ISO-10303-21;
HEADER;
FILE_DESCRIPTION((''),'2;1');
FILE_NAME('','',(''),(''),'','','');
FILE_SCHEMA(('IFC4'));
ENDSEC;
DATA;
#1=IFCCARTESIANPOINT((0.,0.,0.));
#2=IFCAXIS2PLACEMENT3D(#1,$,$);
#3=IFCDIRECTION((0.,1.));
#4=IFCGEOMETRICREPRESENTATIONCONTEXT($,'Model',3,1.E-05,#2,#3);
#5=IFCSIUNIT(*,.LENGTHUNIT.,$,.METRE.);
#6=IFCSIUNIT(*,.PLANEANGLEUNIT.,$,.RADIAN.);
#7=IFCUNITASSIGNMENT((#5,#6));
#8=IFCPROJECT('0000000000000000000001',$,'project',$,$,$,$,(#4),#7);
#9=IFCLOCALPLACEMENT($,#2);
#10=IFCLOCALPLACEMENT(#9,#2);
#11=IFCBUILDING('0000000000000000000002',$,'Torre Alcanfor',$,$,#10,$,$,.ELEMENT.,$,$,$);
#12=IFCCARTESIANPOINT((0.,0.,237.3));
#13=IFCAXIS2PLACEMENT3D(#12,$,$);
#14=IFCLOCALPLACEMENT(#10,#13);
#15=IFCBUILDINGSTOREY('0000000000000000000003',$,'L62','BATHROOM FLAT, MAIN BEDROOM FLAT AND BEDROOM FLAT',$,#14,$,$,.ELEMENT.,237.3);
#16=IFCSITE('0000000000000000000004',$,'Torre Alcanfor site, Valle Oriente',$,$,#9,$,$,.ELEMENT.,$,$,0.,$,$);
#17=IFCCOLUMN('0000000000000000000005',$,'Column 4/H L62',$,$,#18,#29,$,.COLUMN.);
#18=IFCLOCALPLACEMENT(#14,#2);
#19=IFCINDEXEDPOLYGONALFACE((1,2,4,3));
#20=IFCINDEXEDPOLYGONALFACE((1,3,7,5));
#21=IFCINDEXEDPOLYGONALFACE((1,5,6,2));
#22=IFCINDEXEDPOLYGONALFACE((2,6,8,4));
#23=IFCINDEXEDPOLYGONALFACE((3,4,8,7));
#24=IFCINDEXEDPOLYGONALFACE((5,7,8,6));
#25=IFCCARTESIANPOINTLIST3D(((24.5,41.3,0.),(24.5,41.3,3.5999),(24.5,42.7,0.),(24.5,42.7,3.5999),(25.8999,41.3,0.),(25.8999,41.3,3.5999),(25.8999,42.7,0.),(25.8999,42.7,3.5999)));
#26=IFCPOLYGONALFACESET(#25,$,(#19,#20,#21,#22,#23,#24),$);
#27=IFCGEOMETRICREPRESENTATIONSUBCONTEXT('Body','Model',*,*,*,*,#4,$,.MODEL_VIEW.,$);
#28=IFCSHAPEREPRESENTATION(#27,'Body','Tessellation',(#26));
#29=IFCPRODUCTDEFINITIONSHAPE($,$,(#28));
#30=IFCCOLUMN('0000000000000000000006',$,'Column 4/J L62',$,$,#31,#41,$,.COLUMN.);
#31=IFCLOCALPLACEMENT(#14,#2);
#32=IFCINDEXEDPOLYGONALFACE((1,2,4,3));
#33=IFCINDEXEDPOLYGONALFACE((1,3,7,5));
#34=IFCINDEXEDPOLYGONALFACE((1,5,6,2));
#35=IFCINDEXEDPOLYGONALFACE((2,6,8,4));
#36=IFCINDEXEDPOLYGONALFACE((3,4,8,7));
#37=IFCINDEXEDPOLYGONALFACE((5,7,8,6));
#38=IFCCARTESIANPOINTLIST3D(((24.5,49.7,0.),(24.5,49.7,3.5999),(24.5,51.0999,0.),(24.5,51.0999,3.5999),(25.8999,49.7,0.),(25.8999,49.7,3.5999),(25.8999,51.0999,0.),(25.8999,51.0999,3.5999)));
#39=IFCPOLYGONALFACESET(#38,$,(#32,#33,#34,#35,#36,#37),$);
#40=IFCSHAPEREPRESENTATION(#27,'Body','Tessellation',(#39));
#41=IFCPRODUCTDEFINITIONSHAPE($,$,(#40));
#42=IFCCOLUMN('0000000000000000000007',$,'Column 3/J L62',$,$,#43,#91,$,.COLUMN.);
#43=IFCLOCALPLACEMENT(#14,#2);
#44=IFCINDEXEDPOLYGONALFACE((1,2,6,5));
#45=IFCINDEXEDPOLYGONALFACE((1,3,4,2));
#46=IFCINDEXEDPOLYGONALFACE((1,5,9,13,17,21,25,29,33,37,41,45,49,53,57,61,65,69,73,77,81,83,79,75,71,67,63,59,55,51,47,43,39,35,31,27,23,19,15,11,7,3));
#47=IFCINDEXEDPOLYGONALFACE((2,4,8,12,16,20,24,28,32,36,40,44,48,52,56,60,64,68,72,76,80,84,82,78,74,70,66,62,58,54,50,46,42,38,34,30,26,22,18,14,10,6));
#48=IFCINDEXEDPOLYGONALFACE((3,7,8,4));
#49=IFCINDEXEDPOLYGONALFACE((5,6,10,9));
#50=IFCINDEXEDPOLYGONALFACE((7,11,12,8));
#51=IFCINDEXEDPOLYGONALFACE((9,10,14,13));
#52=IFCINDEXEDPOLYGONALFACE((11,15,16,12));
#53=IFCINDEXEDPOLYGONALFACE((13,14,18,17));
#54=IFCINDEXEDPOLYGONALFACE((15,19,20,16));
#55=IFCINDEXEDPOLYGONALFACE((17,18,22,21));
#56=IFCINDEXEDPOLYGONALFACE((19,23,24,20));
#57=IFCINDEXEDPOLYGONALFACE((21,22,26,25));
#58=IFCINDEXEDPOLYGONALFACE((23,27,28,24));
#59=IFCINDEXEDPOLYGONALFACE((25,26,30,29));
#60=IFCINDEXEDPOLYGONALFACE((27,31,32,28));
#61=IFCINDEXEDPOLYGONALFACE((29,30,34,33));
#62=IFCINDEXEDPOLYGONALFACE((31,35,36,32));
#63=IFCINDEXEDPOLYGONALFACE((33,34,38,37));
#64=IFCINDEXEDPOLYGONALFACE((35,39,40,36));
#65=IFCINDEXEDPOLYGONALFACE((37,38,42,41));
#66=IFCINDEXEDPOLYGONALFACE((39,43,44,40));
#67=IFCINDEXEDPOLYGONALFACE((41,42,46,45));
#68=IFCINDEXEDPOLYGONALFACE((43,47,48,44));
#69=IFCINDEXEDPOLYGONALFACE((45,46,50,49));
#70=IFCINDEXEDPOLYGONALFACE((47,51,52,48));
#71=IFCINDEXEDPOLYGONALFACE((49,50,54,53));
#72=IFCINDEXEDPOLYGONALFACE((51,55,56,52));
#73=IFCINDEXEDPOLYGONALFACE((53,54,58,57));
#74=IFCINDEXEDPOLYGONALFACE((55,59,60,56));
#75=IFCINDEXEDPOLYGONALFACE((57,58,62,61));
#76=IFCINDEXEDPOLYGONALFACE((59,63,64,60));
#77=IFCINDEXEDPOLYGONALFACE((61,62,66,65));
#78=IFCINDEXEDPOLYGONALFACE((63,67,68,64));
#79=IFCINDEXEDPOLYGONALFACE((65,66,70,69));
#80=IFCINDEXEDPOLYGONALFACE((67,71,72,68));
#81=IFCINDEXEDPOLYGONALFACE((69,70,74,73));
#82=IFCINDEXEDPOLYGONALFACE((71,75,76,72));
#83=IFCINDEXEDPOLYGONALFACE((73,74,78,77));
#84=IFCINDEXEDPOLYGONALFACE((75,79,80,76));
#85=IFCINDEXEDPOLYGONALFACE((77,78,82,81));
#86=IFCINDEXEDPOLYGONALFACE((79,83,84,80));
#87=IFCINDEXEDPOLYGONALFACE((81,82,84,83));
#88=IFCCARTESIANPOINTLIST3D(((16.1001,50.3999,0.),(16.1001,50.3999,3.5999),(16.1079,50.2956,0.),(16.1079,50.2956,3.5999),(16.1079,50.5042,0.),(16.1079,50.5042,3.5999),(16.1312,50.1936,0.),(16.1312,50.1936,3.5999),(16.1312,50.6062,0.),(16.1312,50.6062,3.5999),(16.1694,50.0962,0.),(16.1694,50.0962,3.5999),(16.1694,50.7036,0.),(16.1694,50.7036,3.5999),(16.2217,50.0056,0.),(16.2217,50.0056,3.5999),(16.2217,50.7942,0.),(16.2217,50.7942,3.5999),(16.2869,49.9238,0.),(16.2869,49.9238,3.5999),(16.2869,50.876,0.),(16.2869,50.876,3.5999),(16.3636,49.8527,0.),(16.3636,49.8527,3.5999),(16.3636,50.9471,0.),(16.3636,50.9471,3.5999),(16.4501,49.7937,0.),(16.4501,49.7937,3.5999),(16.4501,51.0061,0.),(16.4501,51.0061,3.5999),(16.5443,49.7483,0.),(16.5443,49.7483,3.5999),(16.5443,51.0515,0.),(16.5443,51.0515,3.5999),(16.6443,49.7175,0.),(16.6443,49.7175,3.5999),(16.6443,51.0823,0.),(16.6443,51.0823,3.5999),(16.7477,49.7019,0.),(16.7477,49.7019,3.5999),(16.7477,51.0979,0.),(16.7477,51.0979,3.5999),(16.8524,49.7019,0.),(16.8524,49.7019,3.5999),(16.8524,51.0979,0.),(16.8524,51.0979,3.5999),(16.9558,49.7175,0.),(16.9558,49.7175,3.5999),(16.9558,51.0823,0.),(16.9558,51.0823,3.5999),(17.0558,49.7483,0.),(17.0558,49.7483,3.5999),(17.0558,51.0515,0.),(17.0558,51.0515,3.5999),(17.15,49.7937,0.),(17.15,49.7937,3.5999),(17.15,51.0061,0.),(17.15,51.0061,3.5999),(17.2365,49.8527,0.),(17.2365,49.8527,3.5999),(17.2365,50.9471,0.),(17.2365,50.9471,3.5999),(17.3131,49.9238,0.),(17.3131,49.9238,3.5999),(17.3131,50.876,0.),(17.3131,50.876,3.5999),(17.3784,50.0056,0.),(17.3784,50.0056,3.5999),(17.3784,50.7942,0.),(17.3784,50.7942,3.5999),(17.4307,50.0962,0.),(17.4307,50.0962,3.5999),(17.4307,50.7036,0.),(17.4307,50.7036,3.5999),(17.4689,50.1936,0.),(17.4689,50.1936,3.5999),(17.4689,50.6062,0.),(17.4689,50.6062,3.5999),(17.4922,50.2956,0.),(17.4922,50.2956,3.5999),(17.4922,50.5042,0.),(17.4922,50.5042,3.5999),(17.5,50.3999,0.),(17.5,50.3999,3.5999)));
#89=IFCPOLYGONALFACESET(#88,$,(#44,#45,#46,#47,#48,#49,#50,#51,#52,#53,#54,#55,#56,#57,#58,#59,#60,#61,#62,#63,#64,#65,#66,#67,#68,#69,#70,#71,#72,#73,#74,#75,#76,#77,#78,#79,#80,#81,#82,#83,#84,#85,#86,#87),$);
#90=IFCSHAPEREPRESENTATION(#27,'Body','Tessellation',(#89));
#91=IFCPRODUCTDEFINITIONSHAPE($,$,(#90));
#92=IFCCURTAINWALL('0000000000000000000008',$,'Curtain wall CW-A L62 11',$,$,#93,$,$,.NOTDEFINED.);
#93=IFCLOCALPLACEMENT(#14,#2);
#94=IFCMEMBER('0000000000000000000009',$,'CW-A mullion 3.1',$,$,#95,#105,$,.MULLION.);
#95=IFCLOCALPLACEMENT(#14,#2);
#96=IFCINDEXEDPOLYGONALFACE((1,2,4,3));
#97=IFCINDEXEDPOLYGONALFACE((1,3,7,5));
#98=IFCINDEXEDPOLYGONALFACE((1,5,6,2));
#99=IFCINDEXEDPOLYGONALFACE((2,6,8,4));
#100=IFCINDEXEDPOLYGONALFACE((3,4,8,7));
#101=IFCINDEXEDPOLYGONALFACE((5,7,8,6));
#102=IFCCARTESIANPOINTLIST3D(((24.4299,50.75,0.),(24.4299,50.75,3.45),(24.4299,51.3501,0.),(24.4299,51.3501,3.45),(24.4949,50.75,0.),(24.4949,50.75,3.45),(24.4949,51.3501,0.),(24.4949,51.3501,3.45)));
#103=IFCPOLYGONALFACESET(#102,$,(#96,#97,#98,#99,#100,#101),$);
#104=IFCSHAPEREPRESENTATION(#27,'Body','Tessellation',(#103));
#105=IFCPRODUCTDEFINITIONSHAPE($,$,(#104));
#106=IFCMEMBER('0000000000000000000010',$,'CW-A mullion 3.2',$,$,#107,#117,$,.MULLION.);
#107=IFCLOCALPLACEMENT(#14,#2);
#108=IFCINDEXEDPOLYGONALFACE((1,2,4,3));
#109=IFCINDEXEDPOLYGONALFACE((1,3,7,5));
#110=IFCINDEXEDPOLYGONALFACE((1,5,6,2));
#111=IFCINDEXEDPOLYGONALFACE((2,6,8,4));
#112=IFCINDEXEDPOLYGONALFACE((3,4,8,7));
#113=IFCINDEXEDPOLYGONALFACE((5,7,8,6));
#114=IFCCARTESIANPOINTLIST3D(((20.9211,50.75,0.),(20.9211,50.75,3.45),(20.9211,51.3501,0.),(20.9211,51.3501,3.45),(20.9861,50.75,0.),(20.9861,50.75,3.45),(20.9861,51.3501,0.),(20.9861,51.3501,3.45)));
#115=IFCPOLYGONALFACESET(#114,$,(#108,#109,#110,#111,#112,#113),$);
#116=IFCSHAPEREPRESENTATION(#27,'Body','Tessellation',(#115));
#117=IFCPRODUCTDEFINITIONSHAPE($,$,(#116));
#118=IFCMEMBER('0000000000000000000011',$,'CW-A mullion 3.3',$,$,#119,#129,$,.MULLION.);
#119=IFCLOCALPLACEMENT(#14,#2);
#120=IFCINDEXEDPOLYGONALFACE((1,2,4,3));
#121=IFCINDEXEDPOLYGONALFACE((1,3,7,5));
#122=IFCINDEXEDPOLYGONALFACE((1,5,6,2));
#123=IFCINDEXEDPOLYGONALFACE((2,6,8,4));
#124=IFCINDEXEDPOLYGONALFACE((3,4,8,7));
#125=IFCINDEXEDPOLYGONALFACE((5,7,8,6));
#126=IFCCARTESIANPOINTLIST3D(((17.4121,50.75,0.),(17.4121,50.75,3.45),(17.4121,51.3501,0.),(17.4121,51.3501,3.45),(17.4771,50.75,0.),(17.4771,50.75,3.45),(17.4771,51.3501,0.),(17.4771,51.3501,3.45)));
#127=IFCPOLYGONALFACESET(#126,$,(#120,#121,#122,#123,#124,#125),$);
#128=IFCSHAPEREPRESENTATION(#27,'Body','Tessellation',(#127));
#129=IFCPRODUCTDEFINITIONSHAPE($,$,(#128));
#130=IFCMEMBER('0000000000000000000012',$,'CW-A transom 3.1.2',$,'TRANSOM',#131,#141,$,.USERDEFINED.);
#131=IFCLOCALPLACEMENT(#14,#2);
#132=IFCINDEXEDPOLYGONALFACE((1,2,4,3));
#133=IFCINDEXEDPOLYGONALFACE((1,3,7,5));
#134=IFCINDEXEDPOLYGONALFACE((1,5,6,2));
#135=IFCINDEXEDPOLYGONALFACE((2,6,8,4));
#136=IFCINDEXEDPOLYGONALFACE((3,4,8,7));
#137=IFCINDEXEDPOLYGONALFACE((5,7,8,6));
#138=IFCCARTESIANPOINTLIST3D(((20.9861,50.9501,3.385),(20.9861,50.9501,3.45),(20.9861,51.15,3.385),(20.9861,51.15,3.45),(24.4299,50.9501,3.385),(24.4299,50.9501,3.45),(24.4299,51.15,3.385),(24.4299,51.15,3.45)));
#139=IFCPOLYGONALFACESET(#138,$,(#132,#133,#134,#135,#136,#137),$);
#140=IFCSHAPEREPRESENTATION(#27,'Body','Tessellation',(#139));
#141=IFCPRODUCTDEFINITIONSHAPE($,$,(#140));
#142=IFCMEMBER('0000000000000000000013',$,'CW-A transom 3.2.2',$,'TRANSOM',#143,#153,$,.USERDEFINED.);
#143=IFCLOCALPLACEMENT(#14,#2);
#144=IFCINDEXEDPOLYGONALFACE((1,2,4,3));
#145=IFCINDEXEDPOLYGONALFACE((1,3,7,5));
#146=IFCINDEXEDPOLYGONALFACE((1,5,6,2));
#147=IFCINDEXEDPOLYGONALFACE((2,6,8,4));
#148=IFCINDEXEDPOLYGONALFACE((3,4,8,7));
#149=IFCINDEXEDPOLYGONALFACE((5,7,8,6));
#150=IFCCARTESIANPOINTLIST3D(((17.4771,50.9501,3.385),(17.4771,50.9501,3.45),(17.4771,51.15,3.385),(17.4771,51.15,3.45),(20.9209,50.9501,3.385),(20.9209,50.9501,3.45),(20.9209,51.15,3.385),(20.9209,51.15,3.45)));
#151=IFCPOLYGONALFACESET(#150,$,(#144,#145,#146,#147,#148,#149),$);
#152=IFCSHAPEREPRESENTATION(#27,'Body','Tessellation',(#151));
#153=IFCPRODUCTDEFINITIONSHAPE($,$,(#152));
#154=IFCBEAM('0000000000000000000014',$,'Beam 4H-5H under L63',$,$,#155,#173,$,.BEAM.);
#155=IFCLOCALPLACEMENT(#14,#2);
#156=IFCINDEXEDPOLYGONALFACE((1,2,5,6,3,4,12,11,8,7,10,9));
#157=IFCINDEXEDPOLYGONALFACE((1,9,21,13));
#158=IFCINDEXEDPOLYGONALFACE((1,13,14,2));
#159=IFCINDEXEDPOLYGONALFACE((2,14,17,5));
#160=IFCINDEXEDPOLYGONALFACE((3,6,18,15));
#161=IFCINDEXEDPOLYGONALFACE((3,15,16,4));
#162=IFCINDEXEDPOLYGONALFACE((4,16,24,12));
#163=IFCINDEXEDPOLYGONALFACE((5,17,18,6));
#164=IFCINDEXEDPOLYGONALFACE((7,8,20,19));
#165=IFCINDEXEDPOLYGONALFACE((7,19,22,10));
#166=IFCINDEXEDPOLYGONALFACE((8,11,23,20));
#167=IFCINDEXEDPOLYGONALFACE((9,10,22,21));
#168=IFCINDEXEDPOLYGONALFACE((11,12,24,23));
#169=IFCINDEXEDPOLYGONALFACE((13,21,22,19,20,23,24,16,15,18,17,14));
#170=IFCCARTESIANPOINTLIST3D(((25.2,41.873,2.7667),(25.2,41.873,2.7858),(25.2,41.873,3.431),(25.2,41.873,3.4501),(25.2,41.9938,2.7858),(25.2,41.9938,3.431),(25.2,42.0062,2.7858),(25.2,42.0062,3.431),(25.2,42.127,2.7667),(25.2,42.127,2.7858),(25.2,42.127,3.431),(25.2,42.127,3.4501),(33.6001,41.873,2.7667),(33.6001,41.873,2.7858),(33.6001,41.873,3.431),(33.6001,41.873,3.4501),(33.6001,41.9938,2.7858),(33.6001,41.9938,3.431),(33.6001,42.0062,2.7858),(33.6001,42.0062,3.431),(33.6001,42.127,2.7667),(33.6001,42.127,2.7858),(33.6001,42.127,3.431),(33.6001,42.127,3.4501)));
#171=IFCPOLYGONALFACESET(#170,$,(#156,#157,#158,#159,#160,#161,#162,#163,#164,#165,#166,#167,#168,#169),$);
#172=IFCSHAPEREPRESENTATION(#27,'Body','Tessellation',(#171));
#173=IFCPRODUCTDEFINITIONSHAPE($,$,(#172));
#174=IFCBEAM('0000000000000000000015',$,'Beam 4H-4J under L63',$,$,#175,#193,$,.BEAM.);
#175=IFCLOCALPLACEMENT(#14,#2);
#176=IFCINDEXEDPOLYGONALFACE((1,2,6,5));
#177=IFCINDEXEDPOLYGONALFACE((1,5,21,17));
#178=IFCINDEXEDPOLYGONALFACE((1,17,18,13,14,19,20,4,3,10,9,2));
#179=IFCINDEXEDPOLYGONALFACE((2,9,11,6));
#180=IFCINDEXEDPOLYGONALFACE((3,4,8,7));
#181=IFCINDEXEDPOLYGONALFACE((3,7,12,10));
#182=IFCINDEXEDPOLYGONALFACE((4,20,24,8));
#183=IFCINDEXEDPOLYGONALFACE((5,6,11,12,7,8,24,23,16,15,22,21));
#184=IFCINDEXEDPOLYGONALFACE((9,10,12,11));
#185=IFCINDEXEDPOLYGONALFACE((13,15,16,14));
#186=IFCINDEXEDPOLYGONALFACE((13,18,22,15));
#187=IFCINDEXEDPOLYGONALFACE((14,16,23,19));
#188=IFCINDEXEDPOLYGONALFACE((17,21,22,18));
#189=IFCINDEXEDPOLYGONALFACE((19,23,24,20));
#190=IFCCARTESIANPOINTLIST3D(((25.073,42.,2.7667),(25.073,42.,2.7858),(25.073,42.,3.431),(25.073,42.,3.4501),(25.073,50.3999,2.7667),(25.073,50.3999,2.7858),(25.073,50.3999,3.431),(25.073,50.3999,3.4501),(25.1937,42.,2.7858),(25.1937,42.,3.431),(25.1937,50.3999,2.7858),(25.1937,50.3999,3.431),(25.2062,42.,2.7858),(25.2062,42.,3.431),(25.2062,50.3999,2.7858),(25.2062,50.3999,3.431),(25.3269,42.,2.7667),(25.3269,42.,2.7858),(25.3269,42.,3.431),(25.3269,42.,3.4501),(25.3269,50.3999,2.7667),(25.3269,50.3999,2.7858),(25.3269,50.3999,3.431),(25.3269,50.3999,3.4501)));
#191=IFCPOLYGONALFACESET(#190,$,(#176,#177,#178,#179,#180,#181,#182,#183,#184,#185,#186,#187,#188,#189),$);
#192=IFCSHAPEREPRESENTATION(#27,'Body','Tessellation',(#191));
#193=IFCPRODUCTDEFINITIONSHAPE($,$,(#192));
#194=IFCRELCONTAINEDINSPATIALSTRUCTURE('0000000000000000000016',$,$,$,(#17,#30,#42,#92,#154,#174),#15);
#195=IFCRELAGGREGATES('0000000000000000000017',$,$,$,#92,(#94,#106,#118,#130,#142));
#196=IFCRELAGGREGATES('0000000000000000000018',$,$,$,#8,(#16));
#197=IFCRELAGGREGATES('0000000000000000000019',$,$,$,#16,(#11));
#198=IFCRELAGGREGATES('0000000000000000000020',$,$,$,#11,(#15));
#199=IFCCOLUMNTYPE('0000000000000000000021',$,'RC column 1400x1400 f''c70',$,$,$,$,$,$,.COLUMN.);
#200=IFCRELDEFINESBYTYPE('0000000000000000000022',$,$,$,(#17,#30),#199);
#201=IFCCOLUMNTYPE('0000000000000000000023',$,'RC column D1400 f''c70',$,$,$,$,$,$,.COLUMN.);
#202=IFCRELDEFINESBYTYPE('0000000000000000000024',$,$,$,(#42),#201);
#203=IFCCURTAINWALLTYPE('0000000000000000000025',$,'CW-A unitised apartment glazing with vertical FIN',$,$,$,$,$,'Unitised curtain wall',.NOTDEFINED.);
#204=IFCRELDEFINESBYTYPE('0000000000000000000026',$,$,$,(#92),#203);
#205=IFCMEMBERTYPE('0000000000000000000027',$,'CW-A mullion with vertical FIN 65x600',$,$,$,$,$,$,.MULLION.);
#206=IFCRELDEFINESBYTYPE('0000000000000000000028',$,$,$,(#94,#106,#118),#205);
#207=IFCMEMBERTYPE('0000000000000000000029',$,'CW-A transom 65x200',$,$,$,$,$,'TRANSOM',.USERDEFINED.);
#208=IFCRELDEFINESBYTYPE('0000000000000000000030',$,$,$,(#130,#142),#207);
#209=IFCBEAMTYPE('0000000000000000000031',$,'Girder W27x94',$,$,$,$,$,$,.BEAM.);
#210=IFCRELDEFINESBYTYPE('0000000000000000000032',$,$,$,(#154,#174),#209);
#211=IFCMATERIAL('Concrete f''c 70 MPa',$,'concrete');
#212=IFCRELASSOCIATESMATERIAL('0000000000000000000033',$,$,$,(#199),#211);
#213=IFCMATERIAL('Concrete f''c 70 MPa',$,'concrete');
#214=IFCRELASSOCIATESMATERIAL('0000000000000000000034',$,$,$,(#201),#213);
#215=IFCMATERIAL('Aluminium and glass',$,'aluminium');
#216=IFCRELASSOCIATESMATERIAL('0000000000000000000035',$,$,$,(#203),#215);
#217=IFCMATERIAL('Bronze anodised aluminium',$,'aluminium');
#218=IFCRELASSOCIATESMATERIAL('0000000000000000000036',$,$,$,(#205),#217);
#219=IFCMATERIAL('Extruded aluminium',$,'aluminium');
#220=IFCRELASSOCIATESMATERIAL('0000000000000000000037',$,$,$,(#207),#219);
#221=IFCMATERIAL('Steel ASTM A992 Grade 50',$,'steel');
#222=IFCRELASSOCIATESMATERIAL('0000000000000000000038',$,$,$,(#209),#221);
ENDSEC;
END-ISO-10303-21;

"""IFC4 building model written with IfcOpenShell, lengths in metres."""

from ifc_helpers import new_model, si_unit, direction, frame, origin, origin_2d, place, context, subcontext, project, spatial, rectangle, circle, i_section, extrude, material, material_profile, profile_set, type_object, element, aggregate, save


model = new_model("IFC4")

# Units and contexts
model_context = context("Model", 3, precision=1e-05, world=origin(), true_north=direction((0.0, 1.0)))
body_context = subcontext(model_context, "Body", "Model", "MODEL_VIEW")
ifc_project = project(units=[si_unit("LENGTHUNIT", "METRE"), si_unit("PLANEANGLEUNIT", "RADIAN")], contexts=[model_context])

# Site, building, storey
site_placement = place(None, origin())
site = spatial("IfcSite", under=ifc_project, at=site_placement, Name="Torre Alcanfor site, Valle Oriente", CompositionType="ELEMENT", RefElevation=0.0)
building_placement = place(site_placement, origin())
building = spatial("IfcBuilding", under=site, at=building_placement, Name="Torre Alcanfor", CompositionType="ELEMENT")
storey_placement = place(building_placement, frame((0.0, 0.0, 237.3)))
storey = spatial("IfcBuildingStorey", under=building, at=storey_placement, Name="L62", Description="BATHROOM FLAT, MAIN BEDROOM FLAT AND BEDROOM FLAT", CompositionType="ELEMENT", Elevation=237.3)

# Columns
ifc_material_1 = material(Name="Concrete f'c 70 MPa", Category="concrete")
ifc_material_profile_1 = material_profile(ifc_material_1, rectangle(XDim=1.3999, YDim=1.3999, at=origin_2d()), Name="1400x1400")
ifc_profile_set_1 = profile_set([ifc_material_profile_1], Name="Concrete f'c 70 MPa")
column_type_1 = type_object("IfcColumnType", Name="RC column 1400x1400 f'c70", PredefinedType="COLUMN", material=ifc_profile_set_1)
for number, where, z_axis, x_axis, name in (
    (1, (25.2, 42.0, 0.0), (0.0, 0.0, 1.0), (1.0, 0.0, 0.0), "Column 4/H L62"),
    (2, (25.2, 50.3999, 0.0), (0.0, 0.0, 1.0), (1.0, 0.0, 0.0), "Column 4/J L62"),
):
    element("IfcColumn", number, at=place(storey_placement, frame(where, z_axis=z_axis, x_axis=x_axis)), inside=storey, type_object=column_type_1, Name=name, PredefinedType="COLUMN", context=body_context, shape_type="SweptSolid", body=[
        extrude(rectangle(XDim=1.3999, YDim=1.3999, at=origin_2d()), origin(), (0.0, 0.0, 1.0), 3.5999),
    ])
ifc_material_2 = material(Name="Concrete f'c 70 MPa", Category="concrete")
ifc_material_profile_2 = material_profile(ifc_material_2, circle(Radius=0.7, at=origin_2d()), Name="D1400")
ifc_profile_set_2 = profile_set([ifc_material_profile_2], Name="Concrete f'c 70 MPa")
column_type_2 = type_object("IfcColumnType", Name="RC column D1400 f'c70", PredefinedType="COLUMN", material=ifc_profile_set_2)
column_placement = place(storey_placement, frame((16.8, 50.3999, 0.0), z_axis=(0.0, 0.0, 1.0), x_axis=(1.0, 0.0, 0.0)))
element("IfcColumn", 3, at=column_placement, inside=storey, type_object=column_type_2, Name="Column 3/J L62", PredefinedType="COLUMN", context=body_context, shape_type="SweptSolid", body=[
    extrude(circle(Radius=0.7, at=origin_2d()), origin(), (0.0, 0.0, 1.0), 3.5999),
])

# Curtain wall, members
ifc_material_3 = material(Name="Aluminium and glass", Category="aluminium")
curtain_wall_type = type_object("IfcCurtainWallType", Name="CW-A unitised apartment glazing with vertical FIN", ElementType="Unitised curtain wall", PredefinedType="NOTDEFINED", material=ifc_material_3)
curtain_wall_placement = place(storey_placement, origin())
curtain_wall = element("IfcCurtainWall", 4, at=curtain_wall_placement, inside=storey, type_object=curtain_wall_type, Name="Curtain wall CW-A L62 11", PredefinedType="NOTDEFINED")
ifc_material_4 = material(Name="Bronze anodised aluminium", Category="aluminium")
ifc_material_profile_3 = material_profile(ifc_material_4, rectangle(XDim=0.6001, YDim=0.0649, at=origin_2d()), Name="CW-A mullion 65x600")
ifc_profile_set_3 = profile_set([ifc_material_profile_3], Name="Bronze anodised aluminium")
member_type_1 = type_object("IfcMemberType", Name="CW-A mullion with vertical FIN 65x600", PredefinedType="MULLION", material=ifc_profile_set_3)
member_1_placement = place(storey_placement, frame((24.4624, 51.05, 0.0), z_axis=(0.0, 0.0, 1.0), x_axis=(0.0, -1.0, 0.0)))
member_1 = element("IfcMember", 5, at=member_1_placement, type_object=member_type_1, Name="CW-A mullion 3.1", PredefinedType="MULLION", context=body_context, shape_type="SweptSolid", body=[
    extrude(rectangle(XDim=0.6001, YDim=0.0649, at=origin_2d()), origin(), (0.0, 0.0, 1.0), 3.45),
])
member_2_placement = place(storey_placement, frame((20.9536, 51.05, 0.0), z_axis=(0.0, 0.0, 1.0), x_axis=(0.0, -1.0, 0.0)))
member_2 = element("IfcMember", 6, at=member_2_placement, type_object=member_type_1, Name="CW-A mullion 3.2", PredefinedType="MULLION", context=body_context, shape_type="SweptSolid", body=[
    extrude(rectangle(XDim=0.6001, YDim=0.0649, at=origin_2d()), origin(), (0.0, 0.0, 1.0), 3.45),
])
member_3_placement = place(storey_placement, frame((17.4446, 51.05, 0.0), z_axis=(0.0, 0.0, 1.0), x_axis=(0.0, -1.0, 0.0)))
member_3 = element("IfcMember", 7, at=member_3_placement, type_object=member_type_1, Name="CW-A mullion 3.3", PredefinedType="MULLION", context=body_context, shape_type="SweptSolid", body=[
    extrude(rectangle(XDim=0.6001, YDim=0.0649, at=origin_2d()), origin(), (0.0, 0.0, 1.0), 3.45),
])
ifc_material_5 = material(Name="Extruded aluminium", Category="aluminium")
ifc_material_profile_4 = material_profile(ifc_material_5, rectangle(XDim=0.2, YDim=0.0649, at=origin_2d()), Name="CW-A transom 200x65")
ifc_profile_set_4 = profile_set([ifc_material_profile_4], Name="Extruded aluminium")
member_type_2 = type_object("IfcMemberType", Name="CW-A transom 65x200", ElementType="TRANSOM", PredefinedType="USERDEFINED", material=ifc_profile_set_4)
member_4_placement = place(storey_placement, frame((24.4299, 51.05, 3.4175), z_axis=(-1.0, 0.0, 0.0), x_axis=(0.0, -1.0, 0.0)))
member_4 = element("IfcMember", 8, at=member_4_placement, type_object=member_type_2, Name="CW-A transom 3.1.2", ObjectType="TRANSOM", PredefinedType="USERDEFINED", context=body_context, shape_type="SweptSolid", body=[
    extrude(rectangle(XDim=0.2, YDim=0.0649, at=origin_2d()), origin(), (0.0, 0.0, 1.0), 3.4438),
])
member_5_placement = place(storey_placement, frame((20.9209, 51.05, 3.4175), z_axis=(-1.0, 0.0, 0.0), x_axis=(0.0, -1.0, 0.0)))
member_5 = element("IfcMember", 9, at=member_5_placement, type_object=member_type_2, Name="CW-A transom 3.2.2", ObjectType="TRANSOM", PredefinedType="USERDEFINED", context=body_context, shape_type="SweptSolid", body=[
    extrude(rectangle(XDim=0.2, YDim=0.0649, at=origin_2d()), origin(), (0.0, 0.0, 1.0), 3.4438),
])

# Beams
ifc_material_6 = material(Name="Steel ASTM A992 Grade 50", Category="steel")
ifc_material_profile_5 = material_profile(ifc_material_6, i_section(OverallWidth=0.2539, OverallDepth=0.6833, WebThickness=0.0125, FlangeThickness=0.019, at=origin_2d()), Name="W27x94")
ifc_profile_set_5 = profile_set([ifc_material_profile_5], Name="Steel ASTM A992 Grade 50")
beam_type_1 = type_object("IfcBeamType", Name="Girder W27x94", PredefinedType="BEAM", material=ifc_profile_set_5)
beam_1_placement = place(storey_placement, frame((25.2, 42.0, 3.1084), z_axis=(1.0, 0.0, 0.0), x_axis=(0.0, 1.0, 0.0)))
element("IfcBeam", 10, at=beam_1_placement, inside=storey, type_object=beam_type_1, Name="Beam 4H-5H under L63", PredefinedType="BEAM", context=body_context, shape_type="SweptSolid", body=[
    extrude(i_section(OverallWidth=0.2539, OverallDepth=0.6833, WebThickness=0.0125, FlangeThickness=0.019, at=origin_2d()), origin(), (0.0, 0.0, 1.0), 8.4001),
])
beam_2_placement = place(storey_placement, frame((25.2, 42.0, 3.1084), z_axis=(0.0, 1.0, 0.0), x_axis=(-1.0, 0.0, 0.0)))
element("IfcBeam", 11, at=beam_2_placement, inside=storey, type_object=beam_type_1, Name="Beam 4H-4J under L63", PredefinedType="BEAM", context=body_context, shape_type="SweptSolid", body=[
    extrude(i_section(OverallWidth=0.2539, OverallDepth=0.6833, WebThickness=0.0125, FlangeThickness=0.019, at=origin_2d()), origin(), (0.0, 0.0, 1.0), 8.3999),
])

aggregate(curtain_wall, [member_1, member_2, member_3, member_4, member_5])

save(model, "model.ifc")
